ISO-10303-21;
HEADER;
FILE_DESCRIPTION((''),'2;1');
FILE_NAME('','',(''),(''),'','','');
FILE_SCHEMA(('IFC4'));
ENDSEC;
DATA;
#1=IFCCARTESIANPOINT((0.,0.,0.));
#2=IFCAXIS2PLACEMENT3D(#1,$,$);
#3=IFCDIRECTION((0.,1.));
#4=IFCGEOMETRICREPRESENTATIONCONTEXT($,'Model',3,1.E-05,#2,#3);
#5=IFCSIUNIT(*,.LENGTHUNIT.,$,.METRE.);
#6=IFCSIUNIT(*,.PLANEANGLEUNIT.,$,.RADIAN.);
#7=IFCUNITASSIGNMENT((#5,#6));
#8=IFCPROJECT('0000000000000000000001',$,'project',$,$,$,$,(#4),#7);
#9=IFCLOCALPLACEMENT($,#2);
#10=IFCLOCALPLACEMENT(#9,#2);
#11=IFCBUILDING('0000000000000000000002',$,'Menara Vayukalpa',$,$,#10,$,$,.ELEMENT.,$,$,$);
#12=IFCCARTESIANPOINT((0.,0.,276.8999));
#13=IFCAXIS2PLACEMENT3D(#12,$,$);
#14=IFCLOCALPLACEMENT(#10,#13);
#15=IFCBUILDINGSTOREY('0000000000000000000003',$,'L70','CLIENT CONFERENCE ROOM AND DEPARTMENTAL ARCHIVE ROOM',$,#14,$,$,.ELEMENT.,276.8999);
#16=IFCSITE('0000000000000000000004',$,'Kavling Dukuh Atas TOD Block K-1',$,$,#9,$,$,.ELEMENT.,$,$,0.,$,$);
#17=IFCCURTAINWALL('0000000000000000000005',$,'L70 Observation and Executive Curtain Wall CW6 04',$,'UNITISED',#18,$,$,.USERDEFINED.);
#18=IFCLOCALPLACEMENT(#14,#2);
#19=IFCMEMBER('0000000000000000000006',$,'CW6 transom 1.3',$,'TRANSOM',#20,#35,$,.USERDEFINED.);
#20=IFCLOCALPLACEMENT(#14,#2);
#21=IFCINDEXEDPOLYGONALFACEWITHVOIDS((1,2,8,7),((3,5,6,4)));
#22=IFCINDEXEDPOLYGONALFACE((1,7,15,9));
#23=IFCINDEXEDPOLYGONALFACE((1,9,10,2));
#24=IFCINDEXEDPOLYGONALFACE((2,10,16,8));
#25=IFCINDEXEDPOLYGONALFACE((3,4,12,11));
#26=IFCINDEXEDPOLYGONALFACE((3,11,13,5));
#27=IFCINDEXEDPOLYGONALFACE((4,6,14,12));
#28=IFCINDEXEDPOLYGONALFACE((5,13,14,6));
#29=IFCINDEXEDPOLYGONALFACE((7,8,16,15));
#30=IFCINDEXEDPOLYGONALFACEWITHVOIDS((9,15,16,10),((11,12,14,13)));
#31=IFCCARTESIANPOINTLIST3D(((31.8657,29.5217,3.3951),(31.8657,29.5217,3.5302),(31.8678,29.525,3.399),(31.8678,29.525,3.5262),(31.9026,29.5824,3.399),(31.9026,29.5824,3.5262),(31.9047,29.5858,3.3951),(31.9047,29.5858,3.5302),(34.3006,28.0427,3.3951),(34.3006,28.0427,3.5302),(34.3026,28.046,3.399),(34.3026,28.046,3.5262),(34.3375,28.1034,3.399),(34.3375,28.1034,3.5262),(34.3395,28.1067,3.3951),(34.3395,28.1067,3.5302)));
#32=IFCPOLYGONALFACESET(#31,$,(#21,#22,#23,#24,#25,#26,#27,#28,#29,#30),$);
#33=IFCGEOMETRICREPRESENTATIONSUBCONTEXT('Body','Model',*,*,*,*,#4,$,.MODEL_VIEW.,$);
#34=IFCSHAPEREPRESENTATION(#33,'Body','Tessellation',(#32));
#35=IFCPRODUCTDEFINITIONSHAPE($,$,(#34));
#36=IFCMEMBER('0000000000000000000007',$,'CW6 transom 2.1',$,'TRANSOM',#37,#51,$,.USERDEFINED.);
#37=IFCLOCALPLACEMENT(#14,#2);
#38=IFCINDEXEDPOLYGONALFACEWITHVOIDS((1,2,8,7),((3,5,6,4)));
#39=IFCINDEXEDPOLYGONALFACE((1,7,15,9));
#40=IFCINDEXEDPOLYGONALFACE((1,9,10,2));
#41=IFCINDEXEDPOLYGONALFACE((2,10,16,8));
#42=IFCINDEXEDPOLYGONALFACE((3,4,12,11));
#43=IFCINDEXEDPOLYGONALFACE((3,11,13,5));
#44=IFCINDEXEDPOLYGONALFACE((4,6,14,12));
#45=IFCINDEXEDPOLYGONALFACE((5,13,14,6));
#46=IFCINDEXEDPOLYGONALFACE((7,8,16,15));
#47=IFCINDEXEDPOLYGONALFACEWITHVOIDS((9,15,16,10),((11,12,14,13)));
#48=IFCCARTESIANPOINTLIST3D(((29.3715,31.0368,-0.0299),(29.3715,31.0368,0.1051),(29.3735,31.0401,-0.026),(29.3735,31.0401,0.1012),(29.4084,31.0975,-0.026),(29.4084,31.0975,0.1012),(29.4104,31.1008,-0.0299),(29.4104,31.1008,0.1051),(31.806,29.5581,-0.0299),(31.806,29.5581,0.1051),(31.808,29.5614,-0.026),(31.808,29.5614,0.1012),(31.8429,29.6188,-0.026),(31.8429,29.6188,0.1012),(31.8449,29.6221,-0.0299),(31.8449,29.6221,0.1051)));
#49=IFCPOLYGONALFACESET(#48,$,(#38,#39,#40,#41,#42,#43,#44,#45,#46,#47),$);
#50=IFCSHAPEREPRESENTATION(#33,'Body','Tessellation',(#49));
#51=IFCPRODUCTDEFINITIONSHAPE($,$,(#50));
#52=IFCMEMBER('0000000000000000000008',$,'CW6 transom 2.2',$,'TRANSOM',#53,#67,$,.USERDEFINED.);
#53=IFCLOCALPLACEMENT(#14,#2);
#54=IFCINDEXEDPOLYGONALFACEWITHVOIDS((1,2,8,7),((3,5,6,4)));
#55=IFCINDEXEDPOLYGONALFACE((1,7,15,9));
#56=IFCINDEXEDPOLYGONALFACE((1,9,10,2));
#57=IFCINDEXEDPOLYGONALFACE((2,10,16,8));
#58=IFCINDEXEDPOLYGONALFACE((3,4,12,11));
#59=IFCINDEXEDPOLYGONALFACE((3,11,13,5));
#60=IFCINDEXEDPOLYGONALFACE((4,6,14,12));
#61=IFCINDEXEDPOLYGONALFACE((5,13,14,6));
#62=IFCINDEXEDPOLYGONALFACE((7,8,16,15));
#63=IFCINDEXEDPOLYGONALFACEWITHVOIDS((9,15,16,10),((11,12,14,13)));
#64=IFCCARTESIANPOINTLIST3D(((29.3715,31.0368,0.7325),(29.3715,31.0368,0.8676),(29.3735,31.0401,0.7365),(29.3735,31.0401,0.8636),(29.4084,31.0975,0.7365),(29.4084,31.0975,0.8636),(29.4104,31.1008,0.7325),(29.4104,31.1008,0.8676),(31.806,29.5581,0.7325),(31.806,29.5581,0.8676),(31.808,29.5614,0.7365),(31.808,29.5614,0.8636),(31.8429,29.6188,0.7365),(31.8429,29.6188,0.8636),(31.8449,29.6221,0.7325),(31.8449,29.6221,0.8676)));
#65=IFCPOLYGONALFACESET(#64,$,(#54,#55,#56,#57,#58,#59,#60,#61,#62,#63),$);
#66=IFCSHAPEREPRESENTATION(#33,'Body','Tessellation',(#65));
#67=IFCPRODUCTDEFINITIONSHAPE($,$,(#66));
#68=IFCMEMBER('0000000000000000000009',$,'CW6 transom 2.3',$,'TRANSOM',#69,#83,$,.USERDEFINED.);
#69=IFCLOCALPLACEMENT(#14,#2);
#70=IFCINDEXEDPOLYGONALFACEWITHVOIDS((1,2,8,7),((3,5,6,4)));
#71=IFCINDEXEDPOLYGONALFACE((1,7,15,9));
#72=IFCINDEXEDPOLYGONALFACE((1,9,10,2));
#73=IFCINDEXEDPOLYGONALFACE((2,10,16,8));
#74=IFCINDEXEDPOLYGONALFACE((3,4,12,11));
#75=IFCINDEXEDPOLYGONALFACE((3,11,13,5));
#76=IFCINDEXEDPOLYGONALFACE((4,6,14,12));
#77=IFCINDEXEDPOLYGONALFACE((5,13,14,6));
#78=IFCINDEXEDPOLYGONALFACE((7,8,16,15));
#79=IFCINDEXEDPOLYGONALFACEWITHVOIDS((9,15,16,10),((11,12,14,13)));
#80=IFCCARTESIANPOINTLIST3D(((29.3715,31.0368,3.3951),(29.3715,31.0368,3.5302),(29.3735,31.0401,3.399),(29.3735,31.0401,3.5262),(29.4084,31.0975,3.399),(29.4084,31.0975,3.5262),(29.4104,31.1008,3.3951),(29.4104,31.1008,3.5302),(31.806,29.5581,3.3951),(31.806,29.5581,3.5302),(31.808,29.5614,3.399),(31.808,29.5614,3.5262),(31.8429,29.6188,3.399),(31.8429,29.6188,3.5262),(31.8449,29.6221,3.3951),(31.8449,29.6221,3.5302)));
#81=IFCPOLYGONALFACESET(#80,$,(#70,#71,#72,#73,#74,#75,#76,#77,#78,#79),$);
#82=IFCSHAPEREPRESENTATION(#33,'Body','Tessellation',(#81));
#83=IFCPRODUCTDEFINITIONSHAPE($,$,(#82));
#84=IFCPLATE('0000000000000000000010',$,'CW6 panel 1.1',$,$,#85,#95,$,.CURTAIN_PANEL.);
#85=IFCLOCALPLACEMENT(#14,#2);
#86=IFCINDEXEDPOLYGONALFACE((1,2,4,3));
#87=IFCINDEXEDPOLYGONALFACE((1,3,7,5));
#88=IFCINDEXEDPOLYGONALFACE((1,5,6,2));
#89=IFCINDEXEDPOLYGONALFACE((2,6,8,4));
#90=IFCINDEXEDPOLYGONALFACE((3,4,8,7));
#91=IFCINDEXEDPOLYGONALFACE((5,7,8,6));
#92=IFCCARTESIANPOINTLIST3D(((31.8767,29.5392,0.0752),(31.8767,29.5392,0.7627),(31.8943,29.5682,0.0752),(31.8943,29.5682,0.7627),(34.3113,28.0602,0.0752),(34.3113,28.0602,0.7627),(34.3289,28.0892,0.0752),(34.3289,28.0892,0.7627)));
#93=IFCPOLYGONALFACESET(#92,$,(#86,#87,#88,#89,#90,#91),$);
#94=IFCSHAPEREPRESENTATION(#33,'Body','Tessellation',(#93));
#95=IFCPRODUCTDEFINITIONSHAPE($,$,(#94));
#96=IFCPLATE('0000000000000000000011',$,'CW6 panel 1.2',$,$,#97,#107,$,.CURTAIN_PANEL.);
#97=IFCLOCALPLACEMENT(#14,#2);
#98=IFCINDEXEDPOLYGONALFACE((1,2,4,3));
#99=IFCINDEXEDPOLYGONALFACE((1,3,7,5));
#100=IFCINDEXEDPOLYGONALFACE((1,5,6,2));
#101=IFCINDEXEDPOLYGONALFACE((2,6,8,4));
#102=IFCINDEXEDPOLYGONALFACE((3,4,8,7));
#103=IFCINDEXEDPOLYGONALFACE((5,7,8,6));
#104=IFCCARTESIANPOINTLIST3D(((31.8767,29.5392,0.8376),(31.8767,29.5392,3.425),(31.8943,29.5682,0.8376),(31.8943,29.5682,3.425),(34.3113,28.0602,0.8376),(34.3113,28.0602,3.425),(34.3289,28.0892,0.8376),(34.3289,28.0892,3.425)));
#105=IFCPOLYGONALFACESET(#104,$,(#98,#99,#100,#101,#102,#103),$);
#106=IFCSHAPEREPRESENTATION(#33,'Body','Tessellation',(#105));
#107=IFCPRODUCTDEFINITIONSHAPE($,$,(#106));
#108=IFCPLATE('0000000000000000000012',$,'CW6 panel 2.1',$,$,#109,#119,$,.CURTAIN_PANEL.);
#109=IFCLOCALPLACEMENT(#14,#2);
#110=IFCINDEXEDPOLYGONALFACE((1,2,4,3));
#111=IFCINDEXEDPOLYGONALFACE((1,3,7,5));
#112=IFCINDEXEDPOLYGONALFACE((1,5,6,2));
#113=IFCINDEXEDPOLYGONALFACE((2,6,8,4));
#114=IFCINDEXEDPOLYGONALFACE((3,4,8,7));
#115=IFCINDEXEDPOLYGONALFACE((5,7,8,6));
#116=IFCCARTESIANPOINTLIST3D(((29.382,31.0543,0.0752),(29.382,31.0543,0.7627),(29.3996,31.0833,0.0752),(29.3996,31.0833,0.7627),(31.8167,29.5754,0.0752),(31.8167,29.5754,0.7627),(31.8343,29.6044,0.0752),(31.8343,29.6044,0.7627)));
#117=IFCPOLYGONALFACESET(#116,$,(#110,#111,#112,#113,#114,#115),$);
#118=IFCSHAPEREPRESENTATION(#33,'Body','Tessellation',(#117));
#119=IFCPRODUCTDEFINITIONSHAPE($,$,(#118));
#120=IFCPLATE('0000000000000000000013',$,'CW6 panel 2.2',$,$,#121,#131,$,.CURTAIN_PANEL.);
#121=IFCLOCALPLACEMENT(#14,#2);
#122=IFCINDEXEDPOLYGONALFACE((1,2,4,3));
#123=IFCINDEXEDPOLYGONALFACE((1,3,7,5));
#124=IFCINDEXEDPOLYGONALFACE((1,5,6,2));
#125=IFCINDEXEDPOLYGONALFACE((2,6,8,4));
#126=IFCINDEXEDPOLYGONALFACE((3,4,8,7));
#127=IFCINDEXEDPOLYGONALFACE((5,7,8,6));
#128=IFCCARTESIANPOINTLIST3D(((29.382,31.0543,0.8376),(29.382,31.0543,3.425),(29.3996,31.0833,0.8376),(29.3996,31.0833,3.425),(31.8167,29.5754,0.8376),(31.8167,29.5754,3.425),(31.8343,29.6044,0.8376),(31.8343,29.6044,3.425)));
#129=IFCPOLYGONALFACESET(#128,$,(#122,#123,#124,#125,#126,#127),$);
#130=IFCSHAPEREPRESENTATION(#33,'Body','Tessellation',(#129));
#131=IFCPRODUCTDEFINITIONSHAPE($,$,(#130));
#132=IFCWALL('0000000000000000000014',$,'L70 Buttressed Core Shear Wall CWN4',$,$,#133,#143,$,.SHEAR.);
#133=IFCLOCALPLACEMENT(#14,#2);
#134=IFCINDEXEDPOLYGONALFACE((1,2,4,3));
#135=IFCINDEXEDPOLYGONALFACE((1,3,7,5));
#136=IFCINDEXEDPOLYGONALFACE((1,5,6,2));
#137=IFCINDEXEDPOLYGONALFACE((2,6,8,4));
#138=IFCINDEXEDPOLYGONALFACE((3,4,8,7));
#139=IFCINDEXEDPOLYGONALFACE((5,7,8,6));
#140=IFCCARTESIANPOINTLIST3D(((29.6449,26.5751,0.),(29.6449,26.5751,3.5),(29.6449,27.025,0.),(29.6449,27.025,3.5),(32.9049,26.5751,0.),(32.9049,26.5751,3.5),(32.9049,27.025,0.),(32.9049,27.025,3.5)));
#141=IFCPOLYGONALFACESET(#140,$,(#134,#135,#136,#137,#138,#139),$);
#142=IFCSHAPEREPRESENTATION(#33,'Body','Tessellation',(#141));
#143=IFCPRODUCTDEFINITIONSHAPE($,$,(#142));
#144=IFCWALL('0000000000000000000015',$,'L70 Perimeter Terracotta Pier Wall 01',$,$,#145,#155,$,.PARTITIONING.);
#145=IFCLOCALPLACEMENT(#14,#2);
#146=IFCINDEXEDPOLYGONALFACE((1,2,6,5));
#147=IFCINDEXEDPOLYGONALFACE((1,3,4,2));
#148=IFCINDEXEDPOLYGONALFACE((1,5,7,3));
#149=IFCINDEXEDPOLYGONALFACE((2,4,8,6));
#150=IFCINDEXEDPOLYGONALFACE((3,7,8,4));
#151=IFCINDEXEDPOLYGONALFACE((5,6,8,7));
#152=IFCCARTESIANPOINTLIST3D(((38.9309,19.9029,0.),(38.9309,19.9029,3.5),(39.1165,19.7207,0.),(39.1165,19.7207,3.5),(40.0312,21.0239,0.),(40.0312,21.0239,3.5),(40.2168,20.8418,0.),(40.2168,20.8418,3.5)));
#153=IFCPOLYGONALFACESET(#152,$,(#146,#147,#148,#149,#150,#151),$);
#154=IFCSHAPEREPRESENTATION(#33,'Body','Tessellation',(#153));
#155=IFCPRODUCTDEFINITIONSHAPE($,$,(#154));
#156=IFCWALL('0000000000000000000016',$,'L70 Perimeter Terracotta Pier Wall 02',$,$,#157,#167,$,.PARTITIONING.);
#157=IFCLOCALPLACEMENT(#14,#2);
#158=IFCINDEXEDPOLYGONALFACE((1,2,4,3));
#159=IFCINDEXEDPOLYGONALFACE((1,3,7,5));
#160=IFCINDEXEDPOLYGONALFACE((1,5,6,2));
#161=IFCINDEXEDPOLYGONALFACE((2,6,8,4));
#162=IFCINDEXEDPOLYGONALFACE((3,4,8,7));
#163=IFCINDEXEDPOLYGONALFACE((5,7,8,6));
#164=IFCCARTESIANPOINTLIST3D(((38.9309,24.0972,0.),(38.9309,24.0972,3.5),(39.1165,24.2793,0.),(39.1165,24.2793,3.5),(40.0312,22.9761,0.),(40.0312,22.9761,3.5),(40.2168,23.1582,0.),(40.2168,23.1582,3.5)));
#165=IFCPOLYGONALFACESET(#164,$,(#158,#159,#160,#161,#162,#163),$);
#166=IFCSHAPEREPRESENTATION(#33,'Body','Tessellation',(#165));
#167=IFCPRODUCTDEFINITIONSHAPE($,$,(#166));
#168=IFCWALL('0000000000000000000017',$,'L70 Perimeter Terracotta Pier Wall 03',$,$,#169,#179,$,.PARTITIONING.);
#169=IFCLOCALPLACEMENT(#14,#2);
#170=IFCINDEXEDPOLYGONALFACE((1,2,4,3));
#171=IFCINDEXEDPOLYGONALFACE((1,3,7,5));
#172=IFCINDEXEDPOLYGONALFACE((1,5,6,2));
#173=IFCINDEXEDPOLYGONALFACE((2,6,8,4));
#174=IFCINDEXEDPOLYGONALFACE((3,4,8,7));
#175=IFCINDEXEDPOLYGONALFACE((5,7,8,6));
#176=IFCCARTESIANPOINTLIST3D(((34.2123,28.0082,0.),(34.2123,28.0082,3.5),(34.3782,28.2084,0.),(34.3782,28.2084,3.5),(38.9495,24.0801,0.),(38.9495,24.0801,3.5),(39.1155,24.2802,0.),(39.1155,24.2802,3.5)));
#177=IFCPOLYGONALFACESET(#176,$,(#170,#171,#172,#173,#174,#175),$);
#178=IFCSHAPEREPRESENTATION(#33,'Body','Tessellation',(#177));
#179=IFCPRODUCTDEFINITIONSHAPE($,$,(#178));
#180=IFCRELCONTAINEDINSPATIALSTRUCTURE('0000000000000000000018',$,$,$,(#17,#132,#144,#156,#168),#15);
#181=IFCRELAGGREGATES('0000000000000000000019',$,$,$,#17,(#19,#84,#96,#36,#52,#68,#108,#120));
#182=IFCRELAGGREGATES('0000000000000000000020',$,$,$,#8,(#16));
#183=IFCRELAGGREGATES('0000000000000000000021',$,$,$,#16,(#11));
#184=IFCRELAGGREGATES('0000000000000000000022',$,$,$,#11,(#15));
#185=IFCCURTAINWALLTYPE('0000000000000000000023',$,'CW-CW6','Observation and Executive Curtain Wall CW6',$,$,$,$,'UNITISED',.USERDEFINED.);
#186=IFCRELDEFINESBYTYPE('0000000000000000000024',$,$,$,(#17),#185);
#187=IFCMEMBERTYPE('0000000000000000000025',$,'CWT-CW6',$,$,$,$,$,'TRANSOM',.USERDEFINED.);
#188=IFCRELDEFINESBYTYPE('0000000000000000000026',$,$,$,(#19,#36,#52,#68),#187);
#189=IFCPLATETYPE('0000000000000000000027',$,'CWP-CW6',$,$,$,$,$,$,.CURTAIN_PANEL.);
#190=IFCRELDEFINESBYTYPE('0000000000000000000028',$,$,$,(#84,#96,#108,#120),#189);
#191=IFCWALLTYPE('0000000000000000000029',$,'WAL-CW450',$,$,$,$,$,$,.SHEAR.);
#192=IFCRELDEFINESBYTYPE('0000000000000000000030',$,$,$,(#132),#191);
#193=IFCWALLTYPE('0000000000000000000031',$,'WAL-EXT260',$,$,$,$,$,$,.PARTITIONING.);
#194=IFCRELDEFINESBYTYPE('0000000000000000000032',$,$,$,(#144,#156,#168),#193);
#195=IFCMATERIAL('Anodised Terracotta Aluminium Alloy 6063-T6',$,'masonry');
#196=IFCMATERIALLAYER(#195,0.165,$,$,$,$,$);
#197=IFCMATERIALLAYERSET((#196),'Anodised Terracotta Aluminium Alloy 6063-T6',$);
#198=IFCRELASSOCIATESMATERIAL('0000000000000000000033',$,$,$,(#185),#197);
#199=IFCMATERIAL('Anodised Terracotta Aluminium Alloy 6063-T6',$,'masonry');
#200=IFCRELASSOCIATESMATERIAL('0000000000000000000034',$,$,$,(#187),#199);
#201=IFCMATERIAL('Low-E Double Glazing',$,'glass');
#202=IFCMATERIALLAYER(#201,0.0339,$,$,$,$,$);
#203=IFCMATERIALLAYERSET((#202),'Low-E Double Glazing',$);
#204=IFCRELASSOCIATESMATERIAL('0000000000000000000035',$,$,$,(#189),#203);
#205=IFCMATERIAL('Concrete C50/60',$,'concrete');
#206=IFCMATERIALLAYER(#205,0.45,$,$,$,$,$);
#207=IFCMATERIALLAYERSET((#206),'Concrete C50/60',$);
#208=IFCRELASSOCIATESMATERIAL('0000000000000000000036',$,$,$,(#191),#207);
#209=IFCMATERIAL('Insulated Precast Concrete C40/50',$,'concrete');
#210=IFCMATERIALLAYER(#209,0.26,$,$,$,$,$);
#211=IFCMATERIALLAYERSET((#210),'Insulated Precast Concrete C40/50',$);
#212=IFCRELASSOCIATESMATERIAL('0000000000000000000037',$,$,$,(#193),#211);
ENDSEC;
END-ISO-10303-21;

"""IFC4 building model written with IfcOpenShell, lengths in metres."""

from ifc_helpers import new_model, si_unit, direction, frame, frame_2d, origin, origin_2d, place, context, subcontext, project, spatial, rectangle, hollow_rectangle, extrude, material, layer, layer_set, material_profile, profile_set, type_object, element, aggregate, save


model = new_model("IFC4")

# Units and contexts
model_context = context("Model", 3, precision=1e-05, world=origin(), true_north=direction((0.0, 1.0)))
body_context = subcontext(model_context, "Body", "Model", "MODEL_VIEW")
ifc_project = project(units=[si_unit("LENGTHUNIT", "METRE"), si_unit("PLANEANGLEUNIT", "RADIAN")], contexts=[model_context])

# Site, building, storey
site_placement = place(None, origin())
site = spatial("IfcSite", under=ifc_project, at=site_placement, Name="Kavling Dukuh Atas TOD Block K-1", CompositionType="ELEMENT", RefElevation=0.0)
building_placement = place(site_placement, origin())
building = spatial("IfcBuilding", under=site, at=building_placement, Name="Menara Vayukalpa", CompositionType="ELEMENT")
storey_placement = place(building_placement, frame((0.0, 0.0, 276.8999)))
storey = spatial("IfcBuildingStorey", under=building, at=storey_placement, Name="L70", Description="CLIENT CONFERENCE ROOM AND DEPARTMENTAL ARCHIVE ROOM", CompositionType="ELEMENT", Elevation=276.8999)

# Curtain wall
ifc_material_1 = material(Name="Anodised Terracotta Aluminium Alloy 6063-T6", Category="masonry")
ifc_layer_1 = layer(ifc_material_1, 0.165)
ifc_layer_set_1 = layer_set([ifc_layer_1], Name="Anodised Terracotta Aluminium Alloy 6063-T6")
curtain_wall_type = type_object("IfcCurtainWallType", Name="CW-CW6", Description="Observation and Executive Curtain Wall CW6", ElementType="UNITISED", PredefinedType="USERDEFINED", material=ifc_layer_set_1)
curtain_wall_1_placement = place(storey_placement, origin())
curtain_wall_1 = element("IfcCurtainWall", 1, at=curtain_wall_1_placement, inside=storey, type_object=curtain_wall_type, Name="L70 Observation and Executive Curtain Wall CW6 04", ObjectType="UNITISED", PredefinedType="USERDEFINED")

# Members
ifc_material_2 = material(Name="Anodised Terracotta Aluminium Alloy 6063-T6", Category="masonry")
ifc_material_profile_1 = material_profile(ifc_material_2, hollow_rectangle(XDim=0.075, YDim=0.135, WallThickness=0.0039, at=origin_2d()), Name="ALU 75x135x4")
ifc_profile_set_1 = profile_set([ifc_material_profile_1], Name="Anodised Terracotta Aluminium Alloy 6063-T6")
member_type_1 = type_object("IfcMemberType", Name="CWT-CW6", ElementType="TRANSOM", PredefinedType="USERDEFINED", material=ifc_profile_set_1)
member_1_placement = place(storey_placement, frame((34.3201, 28.0747, 3.4626), z_axis=(-0.854675, 0.519164, 0.0), x_axis=(-0.519164, -0.854675, 0.0)))
member_1 = element("IfcMember", 2, at=member_1_placement, type_object=member_type_1, Name="CW6 transom 1.3", ObjectType="TRANSOM", PredefinedType="USERDEFINED", context=body_context, shape_type="SweptSolid", body=[
    extrude(hollow_rectangle(XDim=0.075, YDim=0.135, WallThickness=0.0039, at=origin_2d()), origin(), (0.0, 0.0, 1.0), 2.8489),
])
member_2_placement = place(storey_placement, frame((31.8254, 29.5901, 0.0376), z_axis=(-0.85469, 0.519139, 0.0), x_axis=(-0.519139, -0.85469, 0.0)))
member_2 = element("IfcMember", 3, at=member_2_placement, type_object=member_type_1, Name="CW6 transom 2.1", ObjectType="TRANSOM", PredefinedType="USERDEFINED", context=body_context, shape_type="SweptSolid", body=[
    extrude(hollow_rectangle(XDim=0.075, YDim=0.135, WallThickness=0.0039, at=origin_2d()), origin(), (0.0, 0.0, 1.0), 2.8484),
])
member_3_placement = place(storey_placement, frame((31.8254, 29.5901, 0.8), z_axis=(-0.85469, 0.519139, 0.0), x_axis=(-0.519139, -0.85469, 0.0)))
member_3 = element("IfcMember", 4, at=member_3_placement, type_object=member_type_1, Name="CW6 transom 2.2", ObjectType="TRANSOM", PredefinedType="USERDEFINED", context=body_context, shape_type="SweptSolid", body=[
    extrude(hollow_rectangle(XDim=0.075, YDim=0.135, WallThickness=0.0039, at=origin_2d()), origin(), (0.0, 0.0, 1.0), 2.8484),
])
member_4_placement = place(storey_placement, frame((31.8254, 29.5901, 3.4626), z_axis=(-0.85469, 0.519139, 0.0), x_axis=(-0.519139, -0.85469, 0.0)))
member_4 = element("IfcMember", 5, at=member_4_placement, type_object=member_type_1, Name="CW6 transom 2.3", ObjectType="TRANSOM", PredefinedType="USERDEFINED", context=body_context, shape_type="SweptSolid", body=[
    extrude(hollow_rectangle(XDim=0.075, YDim=0.135, WallThickness=0.0039, at=origin_2d()), origin(), (0.0, 0.0, 1.0), 2.8484),
])

# Plates
ifc_material_3 = material(Name="Low-E Double Glazing", Category="glass")
ifc_layer_2 = layer(ifc_material_3, 0.0339)
ifc_layer_set_2 = layer_set([ifc_layer_2], Name="Low-E Double Glazing")
plate_type = type_object("IfcPlateType", Name="CWP-CW6", PredefinedType="CURTAIN_PANEL", material=ifc_layer_set_2)
plate_1_placement = place(storey_placement, frame((33.1028, 28.8142, 0.0752), z_axis=(0.0, 0.0, 1.0), x_axis=(-0.854668, 0.519176, 0.0)))
plate_1 = element("IfcPlate", 6, at=plate_1_placement, type_object=plate_type, Name="CW6 panel 1.1", PredefinedType="CURTAIN_PANEL", context=body_context, shape_type="SweptSolid", body=[
    extrude(rectangle(XDim=2.8486, YDim=0.0339, at=origin_2d()), origin(), (0.0, 0.0, 1.0), 0.6875),
])
plate_2_placement = place(storey_placement, frame((33.1028, 28.8142, 0.8376), z_axis=(0.0, 0.0, 1.0), x_axis=(-0.854668, 0.519176, 0.0)))
plate_2 = element("IfcPlate", 7, at=plate_2_placement, type_object=plate_type, Name="CW6 panel 1.2", PredefinedType="CURTAIN_PANEL", context=body_context, shape_type="SweptSolid", body=[
    extrude(rectangle(XDim=2.8486, YDim=0.0339, at=origin_2d()), origin(), (0.0, 0.0, 1.0), 2.5874),
])
plate_3_placement = place(storey_placement, frame((30.6082, 30.3293, 0.0752), z_axis=(0.0, 0.0, 1.0), x_axis=(-0.854668, 0.519176, 0.0)))
plate_3 = element("IfcPlate", 8, at=plate_3_placement, type_object=plate_type, Name="CW6 panel 2.1", PredefinedType="CURTAIN_PANEL", context=body_context, shape_type="SweptSolid", body=[
    extrude(rectangle(XDim=2.8486, YDim=0.0339, at=origin_2d()), origin(), (0.0, 0.0, 1.0), 0.6875),
])
plate_4_placement = place(storey_placement, frame((30.6082, 30.3293, 0.8376), z_axis=(0.0, 0.0, 1.0), x_axis=(-0.854668, 0.519176, 0.0)))
plate_4 = element("IfcPlate", 9, at=plate_4_placement, type_object=plate_type, Name="CW6 panel 2.2", PredefinedType="CURTAIN_PANEL", context=body_context, shape_type="SweptSolid", body=[
    extrude(rectangle(XDim=2.8486, YDim=0.0339, at=origin_2d()), origin(), (0.0, 0.0, 1.0), 2.5874),
])
aggregate(curtain_wall_1, [member_1, plate_1, plate_2, member_2, member_3, member_4, plate_3, plate_4])

# Walls
ifc_material_4 = material(Name="Concrete C50/60", Category="concrete")
ifc_layer_3 = layer(ifc_material_4, 0.45)
ifc_layer_set_3 = layer_set([ifc_layer_3], Name="Concrete C50/60")
wall_type_1 = type_object("IfcWallType", Name="WAL-CW450", PredefinedType="SHEAR", material=ifc_layer_set_3)
wall_1_placement = place(storey_placement, frame((29.645, 26.8, 0.0), z_axis=(0.0, 0.0, 1.0), x_axis=(1.0, 0.0, 0.0)))
element("IfcWall", 10, at=wall_1_placement, inside=storey, type_object=wall_type_1, Name="L70 Buttressed Core Shear Wall CWN4", PredefinedType="SHEAR", context=body_context, shape_type="SweptSolid", body=[
    extrude(rectangle(XDim=3.26, YDim=0.45, at=frame_2d((1.6299, 0.0))), origin(), (0.0, 0.0, 1.0), 3.5),
])
ifc_material_5 = material(Name="Insulated Precast Concrete C40/50", Category="concrete")
ifc_layer_4 = layer(ifc_material_5, 0.26)
ifc_layer_set_4 = layer_set([ifc_layer_4], Name="Insulated Precast Concrete C40/50")
wall_type_2 = type_object("IfcWallType", Name="WAL-EXT260", PredefinedType="PARTITIONING", material=ifc_layer_set_4)
for number, where, z_axis, x_axis, name in (
    (11, (40.124, 20.9329, 0.0), (0.0, 0.0, 1.0), (-0.700471, -0.713681, 0.0), "L70 Perimeter Terracotta Pier Wall 01"),
    (12, (39.0237, 24.1882, 0.0), (0.0, 0.0, 1.0), (0.700471, -0.713681, 0.0), "L70 Perimeter Terracotta Pier Wall 02"),
):
    element("IfcWall", number, at=place(storey_placement, frame(where, z_axis=z_axis, x_axis=x_axis)), inside=storey, type_object=wall_type_2, Name=name, PredefinedType="PARTITIONING", context=body_context, shape_type="SweptSolid", body=[
        extrude(rectangle(XDim=1.5708, YDim=0.26, at=frame_2d((0.7854, 0.0))), origin(), (0.0, 0.0, 1.0), 3.5),
    ])
wall_2_placement = place(storey_placement, frame((34.2952, 28.1084, 0.0), z_axis=(0.0, 0.0, 1.0), x_axis=(0.76978, -0.638309, 0.0)))
element("IfcWall", 13, at=wall_2_placement, inside=storey, type_object=wall_type_2, Name="L70 Perimeter Terracotta Pier Wall 03", PredefinedType="PARTITIONING", context=body_context, shape_type="SweptSolid", body=[
    extrude(rectangle(XDim=6.1541, YDim=0.26, at=frame_2d((3.0771, 0.0))), origin(), (0.0, 0.0, 1.0), 3.5),
])

save(model, "model.ifc")
